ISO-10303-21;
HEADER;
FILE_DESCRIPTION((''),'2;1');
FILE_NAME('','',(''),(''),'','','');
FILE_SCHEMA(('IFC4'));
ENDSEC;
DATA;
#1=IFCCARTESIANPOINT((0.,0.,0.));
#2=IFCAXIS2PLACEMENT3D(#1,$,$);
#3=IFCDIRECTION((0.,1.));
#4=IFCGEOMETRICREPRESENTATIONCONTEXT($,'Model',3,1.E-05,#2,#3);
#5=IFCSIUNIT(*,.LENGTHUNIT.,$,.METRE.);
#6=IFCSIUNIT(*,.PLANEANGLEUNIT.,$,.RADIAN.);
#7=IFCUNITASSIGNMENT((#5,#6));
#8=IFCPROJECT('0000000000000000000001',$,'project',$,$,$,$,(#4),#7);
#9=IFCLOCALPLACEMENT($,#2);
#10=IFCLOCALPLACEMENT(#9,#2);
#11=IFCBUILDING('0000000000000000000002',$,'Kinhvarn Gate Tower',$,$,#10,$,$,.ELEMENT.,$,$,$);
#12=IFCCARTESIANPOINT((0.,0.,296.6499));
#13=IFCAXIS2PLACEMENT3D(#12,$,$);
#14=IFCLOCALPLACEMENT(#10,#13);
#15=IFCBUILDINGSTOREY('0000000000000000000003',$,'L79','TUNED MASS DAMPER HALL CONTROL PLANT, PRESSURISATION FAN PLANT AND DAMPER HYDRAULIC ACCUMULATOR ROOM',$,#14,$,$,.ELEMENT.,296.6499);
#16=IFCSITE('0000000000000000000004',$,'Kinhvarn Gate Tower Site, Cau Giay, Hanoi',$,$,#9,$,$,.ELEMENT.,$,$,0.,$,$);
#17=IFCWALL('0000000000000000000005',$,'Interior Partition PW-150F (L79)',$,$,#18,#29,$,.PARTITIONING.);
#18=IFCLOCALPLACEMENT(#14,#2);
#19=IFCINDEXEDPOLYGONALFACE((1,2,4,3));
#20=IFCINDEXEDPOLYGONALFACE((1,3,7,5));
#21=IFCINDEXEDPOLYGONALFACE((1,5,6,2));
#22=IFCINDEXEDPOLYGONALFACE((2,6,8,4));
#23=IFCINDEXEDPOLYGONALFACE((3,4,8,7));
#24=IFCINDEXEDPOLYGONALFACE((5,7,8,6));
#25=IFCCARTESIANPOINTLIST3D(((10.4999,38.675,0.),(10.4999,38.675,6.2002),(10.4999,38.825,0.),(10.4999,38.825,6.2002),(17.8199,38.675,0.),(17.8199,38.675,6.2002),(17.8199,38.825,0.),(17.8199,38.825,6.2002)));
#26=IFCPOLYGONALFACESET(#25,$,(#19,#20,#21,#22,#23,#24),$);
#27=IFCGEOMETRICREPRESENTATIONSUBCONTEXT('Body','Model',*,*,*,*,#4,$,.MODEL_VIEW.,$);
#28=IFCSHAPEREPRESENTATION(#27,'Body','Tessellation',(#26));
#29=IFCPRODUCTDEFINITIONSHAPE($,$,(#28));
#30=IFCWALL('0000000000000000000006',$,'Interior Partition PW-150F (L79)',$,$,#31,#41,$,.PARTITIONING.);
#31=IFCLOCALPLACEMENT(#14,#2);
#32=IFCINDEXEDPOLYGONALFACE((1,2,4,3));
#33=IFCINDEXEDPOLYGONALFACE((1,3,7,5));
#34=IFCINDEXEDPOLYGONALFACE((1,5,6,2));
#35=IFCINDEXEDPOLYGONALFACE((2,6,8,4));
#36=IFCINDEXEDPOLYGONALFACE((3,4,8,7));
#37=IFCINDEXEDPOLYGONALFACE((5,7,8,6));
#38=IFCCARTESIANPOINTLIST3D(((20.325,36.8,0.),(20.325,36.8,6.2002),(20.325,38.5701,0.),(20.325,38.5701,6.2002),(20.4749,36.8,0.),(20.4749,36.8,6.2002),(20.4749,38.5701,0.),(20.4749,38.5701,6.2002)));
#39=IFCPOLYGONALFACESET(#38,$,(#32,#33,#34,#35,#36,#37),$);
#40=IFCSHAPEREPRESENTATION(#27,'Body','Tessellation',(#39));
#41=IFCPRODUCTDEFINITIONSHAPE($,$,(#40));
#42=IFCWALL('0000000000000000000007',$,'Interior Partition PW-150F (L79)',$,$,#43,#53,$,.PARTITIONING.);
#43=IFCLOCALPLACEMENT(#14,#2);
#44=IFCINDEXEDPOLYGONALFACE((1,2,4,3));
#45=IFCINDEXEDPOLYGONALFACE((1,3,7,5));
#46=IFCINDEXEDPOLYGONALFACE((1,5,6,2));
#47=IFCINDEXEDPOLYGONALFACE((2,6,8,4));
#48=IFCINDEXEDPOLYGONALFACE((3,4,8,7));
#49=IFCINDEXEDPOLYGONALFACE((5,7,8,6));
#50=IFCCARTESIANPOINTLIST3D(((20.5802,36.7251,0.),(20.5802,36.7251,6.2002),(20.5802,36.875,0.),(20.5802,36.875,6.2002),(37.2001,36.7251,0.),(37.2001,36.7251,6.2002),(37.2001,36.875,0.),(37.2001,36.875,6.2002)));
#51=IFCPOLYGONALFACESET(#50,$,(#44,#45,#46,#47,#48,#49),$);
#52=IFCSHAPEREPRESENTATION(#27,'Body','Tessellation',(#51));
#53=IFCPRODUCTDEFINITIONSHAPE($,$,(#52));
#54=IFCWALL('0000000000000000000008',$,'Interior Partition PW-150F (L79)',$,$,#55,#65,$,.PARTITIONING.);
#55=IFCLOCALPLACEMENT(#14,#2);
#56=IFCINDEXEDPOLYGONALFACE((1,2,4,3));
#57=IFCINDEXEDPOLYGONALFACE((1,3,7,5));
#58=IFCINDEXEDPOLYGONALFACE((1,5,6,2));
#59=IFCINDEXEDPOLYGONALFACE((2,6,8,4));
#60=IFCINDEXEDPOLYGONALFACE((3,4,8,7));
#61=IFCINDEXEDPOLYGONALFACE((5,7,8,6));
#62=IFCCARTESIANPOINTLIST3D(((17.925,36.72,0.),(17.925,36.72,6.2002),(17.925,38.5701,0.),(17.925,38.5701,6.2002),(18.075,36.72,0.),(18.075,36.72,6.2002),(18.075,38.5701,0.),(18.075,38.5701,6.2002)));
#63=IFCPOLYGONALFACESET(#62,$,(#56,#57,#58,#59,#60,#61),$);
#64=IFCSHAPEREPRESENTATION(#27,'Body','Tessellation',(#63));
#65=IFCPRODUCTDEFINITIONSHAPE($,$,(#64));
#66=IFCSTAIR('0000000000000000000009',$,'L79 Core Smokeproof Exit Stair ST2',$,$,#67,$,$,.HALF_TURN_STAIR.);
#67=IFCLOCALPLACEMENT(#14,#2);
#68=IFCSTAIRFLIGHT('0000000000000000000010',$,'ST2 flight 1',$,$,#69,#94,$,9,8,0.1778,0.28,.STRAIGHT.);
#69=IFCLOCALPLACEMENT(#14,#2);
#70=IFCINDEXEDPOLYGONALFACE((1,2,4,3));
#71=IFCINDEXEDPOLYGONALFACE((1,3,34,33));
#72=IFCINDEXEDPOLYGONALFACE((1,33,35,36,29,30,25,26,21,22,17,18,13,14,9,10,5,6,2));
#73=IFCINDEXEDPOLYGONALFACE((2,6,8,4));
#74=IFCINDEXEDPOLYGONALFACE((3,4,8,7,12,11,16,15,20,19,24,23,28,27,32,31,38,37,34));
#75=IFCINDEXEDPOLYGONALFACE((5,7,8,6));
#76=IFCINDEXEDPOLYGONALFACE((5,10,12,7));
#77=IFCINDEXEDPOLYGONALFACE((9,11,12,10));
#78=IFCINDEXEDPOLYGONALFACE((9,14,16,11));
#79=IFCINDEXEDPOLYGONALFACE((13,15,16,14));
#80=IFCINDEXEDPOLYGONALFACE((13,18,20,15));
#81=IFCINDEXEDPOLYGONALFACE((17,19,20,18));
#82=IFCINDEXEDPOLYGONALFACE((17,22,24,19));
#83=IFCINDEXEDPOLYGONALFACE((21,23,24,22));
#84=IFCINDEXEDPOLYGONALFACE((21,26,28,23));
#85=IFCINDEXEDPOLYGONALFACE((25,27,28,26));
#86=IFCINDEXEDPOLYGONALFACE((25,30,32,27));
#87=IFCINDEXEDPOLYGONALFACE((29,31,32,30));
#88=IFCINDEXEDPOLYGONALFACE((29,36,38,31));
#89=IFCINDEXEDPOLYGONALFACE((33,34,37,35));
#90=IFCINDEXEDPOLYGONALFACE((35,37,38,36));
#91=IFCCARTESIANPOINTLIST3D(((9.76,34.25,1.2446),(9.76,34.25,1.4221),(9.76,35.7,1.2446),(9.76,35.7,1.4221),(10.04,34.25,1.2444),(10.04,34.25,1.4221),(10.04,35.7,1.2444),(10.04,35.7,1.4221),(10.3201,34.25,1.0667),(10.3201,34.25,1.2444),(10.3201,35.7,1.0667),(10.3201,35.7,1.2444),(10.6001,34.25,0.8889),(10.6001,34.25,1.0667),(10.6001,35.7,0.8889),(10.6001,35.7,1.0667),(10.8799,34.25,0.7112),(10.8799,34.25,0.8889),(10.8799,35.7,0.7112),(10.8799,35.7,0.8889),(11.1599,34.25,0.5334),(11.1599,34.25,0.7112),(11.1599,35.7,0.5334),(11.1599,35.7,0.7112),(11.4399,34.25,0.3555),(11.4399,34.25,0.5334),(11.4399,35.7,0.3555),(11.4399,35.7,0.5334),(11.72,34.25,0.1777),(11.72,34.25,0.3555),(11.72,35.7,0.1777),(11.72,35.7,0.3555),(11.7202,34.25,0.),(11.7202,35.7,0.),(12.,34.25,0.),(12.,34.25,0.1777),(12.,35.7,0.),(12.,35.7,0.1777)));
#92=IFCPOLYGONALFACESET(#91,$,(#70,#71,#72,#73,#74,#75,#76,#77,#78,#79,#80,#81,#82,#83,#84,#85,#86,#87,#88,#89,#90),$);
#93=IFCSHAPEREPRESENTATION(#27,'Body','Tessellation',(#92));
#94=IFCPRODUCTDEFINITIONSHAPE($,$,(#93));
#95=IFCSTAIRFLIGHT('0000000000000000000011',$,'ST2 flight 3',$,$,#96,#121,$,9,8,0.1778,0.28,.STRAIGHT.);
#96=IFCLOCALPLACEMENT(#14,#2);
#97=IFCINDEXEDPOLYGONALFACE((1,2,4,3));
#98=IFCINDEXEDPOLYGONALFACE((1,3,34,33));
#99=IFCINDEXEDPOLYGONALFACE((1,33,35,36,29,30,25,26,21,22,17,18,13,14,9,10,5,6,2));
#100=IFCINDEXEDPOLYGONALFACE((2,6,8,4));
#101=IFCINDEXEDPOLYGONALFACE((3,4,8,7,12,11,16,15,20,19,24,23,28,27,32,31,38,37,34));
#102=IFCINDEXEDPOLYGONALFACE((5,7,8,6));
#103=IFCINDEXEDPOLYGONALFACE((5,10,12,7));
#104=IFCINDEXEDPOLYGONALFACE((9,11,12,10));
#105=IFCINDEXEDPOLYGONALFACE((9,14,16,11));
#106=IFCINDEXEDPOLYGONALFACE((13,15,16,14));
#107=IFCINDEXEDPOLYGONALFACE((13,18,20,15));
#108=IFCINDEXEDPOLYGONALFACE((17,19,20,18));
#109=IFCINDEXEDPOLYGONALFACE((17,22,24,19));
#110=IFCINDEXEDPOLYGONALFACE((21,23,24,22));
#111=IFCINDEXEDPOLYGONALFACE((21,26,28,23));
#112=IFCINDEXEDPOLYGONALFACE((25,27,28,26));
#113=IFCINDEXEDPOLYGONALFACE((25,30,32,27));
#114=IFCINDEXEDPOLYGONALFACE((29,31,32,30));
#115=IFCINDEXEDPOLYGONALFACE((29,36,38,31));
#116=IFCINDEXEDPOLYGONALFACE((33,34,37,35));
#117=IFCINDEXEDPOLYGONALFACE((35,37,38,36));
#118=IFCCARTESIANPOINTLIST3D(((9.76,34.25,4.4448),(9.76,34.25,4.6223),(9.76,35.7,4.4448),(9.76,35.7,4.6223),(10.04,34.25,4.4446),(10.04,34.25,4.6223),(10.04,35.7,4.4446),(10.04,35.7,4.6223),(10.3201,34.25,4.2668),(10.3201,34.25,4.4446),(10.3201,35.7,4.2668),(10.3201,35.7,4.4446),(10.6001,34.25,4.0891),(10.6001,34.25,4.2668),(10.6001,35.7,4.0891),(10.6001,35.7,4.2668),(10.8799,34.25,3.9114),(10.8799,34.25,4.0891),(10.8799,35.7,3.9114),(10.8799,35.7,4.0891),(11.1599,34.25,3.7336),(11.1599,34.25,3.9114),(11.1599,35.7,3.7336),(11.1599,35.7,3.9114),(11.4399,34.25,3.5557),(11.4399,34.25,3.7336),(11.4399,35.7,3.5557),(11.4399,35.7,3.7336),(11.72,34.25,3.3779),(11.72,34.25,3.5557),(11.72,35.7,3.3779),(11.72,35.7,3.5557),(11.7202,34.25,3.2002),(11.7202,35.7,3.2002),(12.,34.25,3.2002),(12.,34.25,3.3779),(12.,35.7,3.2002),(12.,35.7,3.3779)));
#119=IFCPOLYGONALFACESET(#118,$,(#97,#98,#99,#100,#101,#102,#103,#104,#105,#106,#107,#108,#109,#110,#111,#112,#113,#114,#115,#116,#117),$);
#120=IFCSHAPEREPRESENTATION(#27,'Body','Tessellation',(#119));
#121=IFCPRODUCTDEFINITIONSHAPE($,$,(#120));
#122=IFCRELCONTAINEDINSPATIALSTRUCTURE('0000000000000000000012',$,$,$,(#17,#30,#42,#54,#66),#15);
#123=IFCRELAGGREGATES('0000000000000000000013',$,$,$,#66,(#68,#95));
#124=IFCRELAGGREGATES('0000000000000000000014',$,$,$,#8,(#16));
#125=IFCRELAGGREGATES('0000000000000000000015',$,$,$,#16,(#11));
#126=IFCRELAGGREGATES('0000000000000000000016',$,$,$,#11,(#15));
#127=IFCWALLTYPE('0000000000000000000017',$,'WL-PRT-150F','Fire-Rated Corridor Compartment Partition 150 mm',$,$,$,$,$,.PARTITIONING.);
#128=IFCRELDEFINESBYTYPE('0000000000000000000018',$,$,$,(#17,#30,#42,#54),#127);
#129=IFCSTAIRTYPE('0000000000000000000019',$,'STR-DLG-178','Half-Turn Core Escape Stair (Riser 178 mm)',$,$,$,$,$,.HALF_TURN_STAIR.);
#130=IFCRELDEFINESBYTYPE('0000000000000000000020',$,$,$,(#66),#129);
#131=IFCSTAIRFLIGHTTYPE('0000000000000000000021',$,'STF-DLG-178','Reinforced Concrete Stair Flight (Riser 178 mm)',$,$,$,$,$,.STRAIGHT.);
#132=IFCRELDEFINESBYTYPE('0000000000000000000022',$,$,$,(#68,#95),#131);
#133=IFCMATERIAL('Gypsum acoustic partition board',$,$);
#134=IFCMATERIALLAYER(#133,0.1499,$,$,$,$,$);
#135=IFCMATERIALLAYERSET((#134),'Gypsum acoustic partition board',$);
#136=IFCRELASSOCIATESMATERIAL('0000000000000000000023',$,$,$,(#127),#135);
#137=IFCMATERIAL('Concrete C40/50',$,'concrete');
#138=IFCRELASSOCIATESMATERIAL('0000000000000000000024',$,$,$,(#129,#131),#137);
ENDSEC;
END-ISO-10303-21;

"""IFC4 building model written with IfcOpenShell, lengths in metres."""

from ifc_helpers import new_model, si_unit, direction, frame, frame_2d, origin, place, context, subcontext, project, spatial, polyline, rectangle, outline, extrude, material, layer, layer_set, type_object, element, aggregate, save


model = new_model("IFC4")

# Units and contexts
model_context = context("Model", 3, precision=1e-05, world=origin(), true_north=direction((0.0, 1.0)))
body_context = subcontext(model_context, "Body", "Model", "MODEL_VIEW")
ifc_project = project(units=[si_unit("LENGTHUNIT", "METRE"), si_unit("PLANEANGLEUNIT", "RADIAN")], contexts=[model_context])

# Site, building, storey
site_placement = place(None, origin())
site = spatial("IfcSite", under=ifc_project, at=site_placement, Name="Kinhvarn Gate Tower Site, Cau Giay, Hanoi", CompositionType="ELEMENT", RefElevation=0.0)
building_placement = place(site_placement, origin())
building = spatial("IfcBuilding", under=site, at=building_placement, Name="Kinhvarn Gate Tower", CompositionType="ELEMENT")
storey_placement = place(building_placement, frame((0.0, 0.0, 296.6499)))
storey = spatial("IfcBuildingStorey", under=building, at=storey_placement, Name="L79", Description="TUNED MASS DAMPER HALL CONTROL PLANT, PRESSURISATION FAN PLANT AND DAMPER HYDRAULIC ACCUMULATOR ROOM", CompositionType="ELEMENT", Elevation=296.6499)

# Shared definitions
ifc_material_1 = material(Name="Gypsum acoustic partition board")
ifc_layer_1 = layer(ifc_material_1, 0.1499)
ifc_layer_set_1 = layer_set([ifc_layer_1], Name="Gypsum acoustic partition board")
wall_type = type_object("IfcWallType", Name="WL-PRT-150F", Description="Fire-Rated Corridor Compartment Partition 150 mm", PredefinedType="PARTITIONING", material=ifc_layer_set_1)

# Walls
wall_1_placement = place(storey_placement, frame((17.8201, 38.75, 0.0), z_axis=(0.0, 0.0, 1.0), x_axis=(-1.0, 0.0, 0.0)))
element("IfcWall", 1, at=wall_1_placement, inside=storey, type_object=wall_type, Name="Interior Partition PW-150F (L79)", PredefinedType="PARTITIONING", context=body_context, shape_type="SweptSolid", body=[
    extrude(rectangle(XDim=7.3201, YDim=0.1499, at=frame_2d((3.6602, 0.0))), origin(), (0.0, 0.0, 1.0), 6.2002),
])
wall_2_placement = place(storey_placement, frame((20.3999, 38.5701, 0.0), z_axis=(0.0, 0.0, 1.0), x_axis=(0.0, -1.0, 0.0)))
element("IfcWall", 2, at=wall_2_placement, inside=storey, type_object=wall_type, Name="Interior Partition PW-150F (L79)", PredefinedType="PARTITIONING", context=body_context, shape_type="SweptSolid", body=[
    extrude(rectangle(XDim=1.77, YDim=0.1499, at=frame_2d((0.885, 0.0))), origin(), (0.0, 0.0, 1.0), 6.2002),
])
wall_3_placement = place(storey_placement, frame((20.5801, 36.8, 0.0), z_axis=(0.0, 0.0, 1.0), x_axis=(1.0, 0.0, 0.0)))
element("IfcWall", 3, at=wall_3_placement, inside=storey, type_object=wall_type, Name="Interior Partition PW-150F (L79)", PredefinedType="PARTITIONING", context=body_context, shape_type="SweptSolid", body=[
    extrude(rectangle(XDim=16.6199, YDim=0.1499, at=frame_2d((8.3101, 0.0))), origin(), (0.0, 0.0, 1.0), 6.2002),
])
wall_4_placement = place(storey_placement, frame((18.0, 36.72, 0.0), z_axis=(0.0, 0.0, 1.0), x_axis=(0.0, 1.0, 0.0)))
element("IfcWall", 4, at=wall_4_placement, inside=storey, type_object=wall_type, Name="Interior Partition PW-150F (L79)", PredefinedType="PARTITIONING", context=body_context, shape_type="SweptSolid", body=[
    extrude(rectangle(XDim=1.8501, YDim=0.1499, at=frame_2d((0.925, 0.0))), origin(), (0.0, 0.0, 1.0), 6.2002),
])

# Stair, stair flights
ifc_material_2 = material(Name="Concrete C40/50", Category="concrete")
stair_type = type_object("IfcStairType", Name="STR-DLG-178", Description="Half-Turn Core Escape Stair (Riser 178 mm)", PredefinedType="HALF_TURN_STAIR", material=ifc_material_2)
stair_placement = place(storey_placement, origin())
stair = element("IfcStair", 5, at=stair_placement, inside=storey, type_object=stair_type, Name="L79 Core Smokeproof Exit Stair ST2", PredefinedType="HALF_TURN_STAIR")
stair_flight_type = type_object("IfcStairFlightType", Name="STF-DLG-178", Description="Reinforced Concrete Stair Flight (Riser 178 mm)", PredefinedType="STRAIGHT", material=ifc_material_2)
stair_flight_1_placement = place(storey_placement, frame((12.0, 34.9751, 0.0), z_axis=(0.0, 0.0, 1.0), x_axis=(-1.0, 0.0, 0.0)))
stair_flight_1 = element("IfcStairFlight", 6, at=stair_flight_1_placement, type_object=stair_flight_type, Name="ST2 flight 1", NumberOfRisers=9, NumberOfTreads=8, PredefinedType="STRAIGHT", RiserHeight=0.1778, TreadLength=0.28, context=body_context, shape_type="SweptSolid", body=[
    extrude(outline(polyline([(0.0, 0.0), (0.0, 0.1777), (0.28, 0.1777), (0.28, 0.3555), (0.5601, 0.3555), (0.5601, 0.5334), (0.8401, 0.5334), (0.8401, 0.7112), (1.1201, 0.7112), (1.1201, 0.8889), (1.3999, 0.8889), (1.3999, 1.0667), (1.6799, 1.0667), (1.6799, 1.2444), (1.96, 1.2444), (1.96, 1.4221), (2.24, 1.4221), (2.24, 1.6001), (2.24, 1.2446), (0.2798, 0.0), (0.0, 0.0)])), frame((0.0, 0.7251, 0.0), z_axis=(0.0, -1.0, 0.0), x_axis=(1.0, 0.0, 0.0)), (0.0, 0.0, 1.0), 1.45),
])
stair_flight_2_placement = place(storey_placement, frame((12.0, 34.9751, 3.2002), z_axis=(0.0, 0.0, 1.0), x_axis=(-1.0, 0.0, 0.0)))
stair_flight_2 = element("IfcStairFlight", 7, at=stair_flight_2_placement, type_object=stair_flight_type, Name="ST2 flight 3", NumberOfRisers=9, NumberOfTreads=8, PredefinedType="STRAIGHT", RiserHeight=0.1778, TreadLength=0.28, context=body_context, shape_type="SweptSolid", body=[
    extrude(outline(polyline([(0.0, 0.0), (0.0, 0.1777), (0.28, 0.1777), (0.28, 0.3555), (0.5601, 0.3555), (0.5601, 0.5334), (0.8401, 0.5334), (0.8401, 0.7112), (1.1201, 0.7112), (1.1201, 0.8889), (1.3999, 0.8889), (1.3999, 1.0667), (1.6799, 1.0667), (1.6799, 1.2444), (1.96, 1.2444), (1.96, 1.4221), (2.24, 1.4221), (2.24, 1.6001), (2.24, 1.2446), (0.2798, 0.0), (0.0, 0.0)])), frame((0.0, 0.7251, 0.0), z_axis=(0.0, -1.0, 0.0), x_axis=(1.0, 0.0, 0.0)), (0.0, 0.0, 1.0), 1.45),
])
aggregate(stair, [stair_flight_1, stair_flight_2])

save(model, "model.ifc")
